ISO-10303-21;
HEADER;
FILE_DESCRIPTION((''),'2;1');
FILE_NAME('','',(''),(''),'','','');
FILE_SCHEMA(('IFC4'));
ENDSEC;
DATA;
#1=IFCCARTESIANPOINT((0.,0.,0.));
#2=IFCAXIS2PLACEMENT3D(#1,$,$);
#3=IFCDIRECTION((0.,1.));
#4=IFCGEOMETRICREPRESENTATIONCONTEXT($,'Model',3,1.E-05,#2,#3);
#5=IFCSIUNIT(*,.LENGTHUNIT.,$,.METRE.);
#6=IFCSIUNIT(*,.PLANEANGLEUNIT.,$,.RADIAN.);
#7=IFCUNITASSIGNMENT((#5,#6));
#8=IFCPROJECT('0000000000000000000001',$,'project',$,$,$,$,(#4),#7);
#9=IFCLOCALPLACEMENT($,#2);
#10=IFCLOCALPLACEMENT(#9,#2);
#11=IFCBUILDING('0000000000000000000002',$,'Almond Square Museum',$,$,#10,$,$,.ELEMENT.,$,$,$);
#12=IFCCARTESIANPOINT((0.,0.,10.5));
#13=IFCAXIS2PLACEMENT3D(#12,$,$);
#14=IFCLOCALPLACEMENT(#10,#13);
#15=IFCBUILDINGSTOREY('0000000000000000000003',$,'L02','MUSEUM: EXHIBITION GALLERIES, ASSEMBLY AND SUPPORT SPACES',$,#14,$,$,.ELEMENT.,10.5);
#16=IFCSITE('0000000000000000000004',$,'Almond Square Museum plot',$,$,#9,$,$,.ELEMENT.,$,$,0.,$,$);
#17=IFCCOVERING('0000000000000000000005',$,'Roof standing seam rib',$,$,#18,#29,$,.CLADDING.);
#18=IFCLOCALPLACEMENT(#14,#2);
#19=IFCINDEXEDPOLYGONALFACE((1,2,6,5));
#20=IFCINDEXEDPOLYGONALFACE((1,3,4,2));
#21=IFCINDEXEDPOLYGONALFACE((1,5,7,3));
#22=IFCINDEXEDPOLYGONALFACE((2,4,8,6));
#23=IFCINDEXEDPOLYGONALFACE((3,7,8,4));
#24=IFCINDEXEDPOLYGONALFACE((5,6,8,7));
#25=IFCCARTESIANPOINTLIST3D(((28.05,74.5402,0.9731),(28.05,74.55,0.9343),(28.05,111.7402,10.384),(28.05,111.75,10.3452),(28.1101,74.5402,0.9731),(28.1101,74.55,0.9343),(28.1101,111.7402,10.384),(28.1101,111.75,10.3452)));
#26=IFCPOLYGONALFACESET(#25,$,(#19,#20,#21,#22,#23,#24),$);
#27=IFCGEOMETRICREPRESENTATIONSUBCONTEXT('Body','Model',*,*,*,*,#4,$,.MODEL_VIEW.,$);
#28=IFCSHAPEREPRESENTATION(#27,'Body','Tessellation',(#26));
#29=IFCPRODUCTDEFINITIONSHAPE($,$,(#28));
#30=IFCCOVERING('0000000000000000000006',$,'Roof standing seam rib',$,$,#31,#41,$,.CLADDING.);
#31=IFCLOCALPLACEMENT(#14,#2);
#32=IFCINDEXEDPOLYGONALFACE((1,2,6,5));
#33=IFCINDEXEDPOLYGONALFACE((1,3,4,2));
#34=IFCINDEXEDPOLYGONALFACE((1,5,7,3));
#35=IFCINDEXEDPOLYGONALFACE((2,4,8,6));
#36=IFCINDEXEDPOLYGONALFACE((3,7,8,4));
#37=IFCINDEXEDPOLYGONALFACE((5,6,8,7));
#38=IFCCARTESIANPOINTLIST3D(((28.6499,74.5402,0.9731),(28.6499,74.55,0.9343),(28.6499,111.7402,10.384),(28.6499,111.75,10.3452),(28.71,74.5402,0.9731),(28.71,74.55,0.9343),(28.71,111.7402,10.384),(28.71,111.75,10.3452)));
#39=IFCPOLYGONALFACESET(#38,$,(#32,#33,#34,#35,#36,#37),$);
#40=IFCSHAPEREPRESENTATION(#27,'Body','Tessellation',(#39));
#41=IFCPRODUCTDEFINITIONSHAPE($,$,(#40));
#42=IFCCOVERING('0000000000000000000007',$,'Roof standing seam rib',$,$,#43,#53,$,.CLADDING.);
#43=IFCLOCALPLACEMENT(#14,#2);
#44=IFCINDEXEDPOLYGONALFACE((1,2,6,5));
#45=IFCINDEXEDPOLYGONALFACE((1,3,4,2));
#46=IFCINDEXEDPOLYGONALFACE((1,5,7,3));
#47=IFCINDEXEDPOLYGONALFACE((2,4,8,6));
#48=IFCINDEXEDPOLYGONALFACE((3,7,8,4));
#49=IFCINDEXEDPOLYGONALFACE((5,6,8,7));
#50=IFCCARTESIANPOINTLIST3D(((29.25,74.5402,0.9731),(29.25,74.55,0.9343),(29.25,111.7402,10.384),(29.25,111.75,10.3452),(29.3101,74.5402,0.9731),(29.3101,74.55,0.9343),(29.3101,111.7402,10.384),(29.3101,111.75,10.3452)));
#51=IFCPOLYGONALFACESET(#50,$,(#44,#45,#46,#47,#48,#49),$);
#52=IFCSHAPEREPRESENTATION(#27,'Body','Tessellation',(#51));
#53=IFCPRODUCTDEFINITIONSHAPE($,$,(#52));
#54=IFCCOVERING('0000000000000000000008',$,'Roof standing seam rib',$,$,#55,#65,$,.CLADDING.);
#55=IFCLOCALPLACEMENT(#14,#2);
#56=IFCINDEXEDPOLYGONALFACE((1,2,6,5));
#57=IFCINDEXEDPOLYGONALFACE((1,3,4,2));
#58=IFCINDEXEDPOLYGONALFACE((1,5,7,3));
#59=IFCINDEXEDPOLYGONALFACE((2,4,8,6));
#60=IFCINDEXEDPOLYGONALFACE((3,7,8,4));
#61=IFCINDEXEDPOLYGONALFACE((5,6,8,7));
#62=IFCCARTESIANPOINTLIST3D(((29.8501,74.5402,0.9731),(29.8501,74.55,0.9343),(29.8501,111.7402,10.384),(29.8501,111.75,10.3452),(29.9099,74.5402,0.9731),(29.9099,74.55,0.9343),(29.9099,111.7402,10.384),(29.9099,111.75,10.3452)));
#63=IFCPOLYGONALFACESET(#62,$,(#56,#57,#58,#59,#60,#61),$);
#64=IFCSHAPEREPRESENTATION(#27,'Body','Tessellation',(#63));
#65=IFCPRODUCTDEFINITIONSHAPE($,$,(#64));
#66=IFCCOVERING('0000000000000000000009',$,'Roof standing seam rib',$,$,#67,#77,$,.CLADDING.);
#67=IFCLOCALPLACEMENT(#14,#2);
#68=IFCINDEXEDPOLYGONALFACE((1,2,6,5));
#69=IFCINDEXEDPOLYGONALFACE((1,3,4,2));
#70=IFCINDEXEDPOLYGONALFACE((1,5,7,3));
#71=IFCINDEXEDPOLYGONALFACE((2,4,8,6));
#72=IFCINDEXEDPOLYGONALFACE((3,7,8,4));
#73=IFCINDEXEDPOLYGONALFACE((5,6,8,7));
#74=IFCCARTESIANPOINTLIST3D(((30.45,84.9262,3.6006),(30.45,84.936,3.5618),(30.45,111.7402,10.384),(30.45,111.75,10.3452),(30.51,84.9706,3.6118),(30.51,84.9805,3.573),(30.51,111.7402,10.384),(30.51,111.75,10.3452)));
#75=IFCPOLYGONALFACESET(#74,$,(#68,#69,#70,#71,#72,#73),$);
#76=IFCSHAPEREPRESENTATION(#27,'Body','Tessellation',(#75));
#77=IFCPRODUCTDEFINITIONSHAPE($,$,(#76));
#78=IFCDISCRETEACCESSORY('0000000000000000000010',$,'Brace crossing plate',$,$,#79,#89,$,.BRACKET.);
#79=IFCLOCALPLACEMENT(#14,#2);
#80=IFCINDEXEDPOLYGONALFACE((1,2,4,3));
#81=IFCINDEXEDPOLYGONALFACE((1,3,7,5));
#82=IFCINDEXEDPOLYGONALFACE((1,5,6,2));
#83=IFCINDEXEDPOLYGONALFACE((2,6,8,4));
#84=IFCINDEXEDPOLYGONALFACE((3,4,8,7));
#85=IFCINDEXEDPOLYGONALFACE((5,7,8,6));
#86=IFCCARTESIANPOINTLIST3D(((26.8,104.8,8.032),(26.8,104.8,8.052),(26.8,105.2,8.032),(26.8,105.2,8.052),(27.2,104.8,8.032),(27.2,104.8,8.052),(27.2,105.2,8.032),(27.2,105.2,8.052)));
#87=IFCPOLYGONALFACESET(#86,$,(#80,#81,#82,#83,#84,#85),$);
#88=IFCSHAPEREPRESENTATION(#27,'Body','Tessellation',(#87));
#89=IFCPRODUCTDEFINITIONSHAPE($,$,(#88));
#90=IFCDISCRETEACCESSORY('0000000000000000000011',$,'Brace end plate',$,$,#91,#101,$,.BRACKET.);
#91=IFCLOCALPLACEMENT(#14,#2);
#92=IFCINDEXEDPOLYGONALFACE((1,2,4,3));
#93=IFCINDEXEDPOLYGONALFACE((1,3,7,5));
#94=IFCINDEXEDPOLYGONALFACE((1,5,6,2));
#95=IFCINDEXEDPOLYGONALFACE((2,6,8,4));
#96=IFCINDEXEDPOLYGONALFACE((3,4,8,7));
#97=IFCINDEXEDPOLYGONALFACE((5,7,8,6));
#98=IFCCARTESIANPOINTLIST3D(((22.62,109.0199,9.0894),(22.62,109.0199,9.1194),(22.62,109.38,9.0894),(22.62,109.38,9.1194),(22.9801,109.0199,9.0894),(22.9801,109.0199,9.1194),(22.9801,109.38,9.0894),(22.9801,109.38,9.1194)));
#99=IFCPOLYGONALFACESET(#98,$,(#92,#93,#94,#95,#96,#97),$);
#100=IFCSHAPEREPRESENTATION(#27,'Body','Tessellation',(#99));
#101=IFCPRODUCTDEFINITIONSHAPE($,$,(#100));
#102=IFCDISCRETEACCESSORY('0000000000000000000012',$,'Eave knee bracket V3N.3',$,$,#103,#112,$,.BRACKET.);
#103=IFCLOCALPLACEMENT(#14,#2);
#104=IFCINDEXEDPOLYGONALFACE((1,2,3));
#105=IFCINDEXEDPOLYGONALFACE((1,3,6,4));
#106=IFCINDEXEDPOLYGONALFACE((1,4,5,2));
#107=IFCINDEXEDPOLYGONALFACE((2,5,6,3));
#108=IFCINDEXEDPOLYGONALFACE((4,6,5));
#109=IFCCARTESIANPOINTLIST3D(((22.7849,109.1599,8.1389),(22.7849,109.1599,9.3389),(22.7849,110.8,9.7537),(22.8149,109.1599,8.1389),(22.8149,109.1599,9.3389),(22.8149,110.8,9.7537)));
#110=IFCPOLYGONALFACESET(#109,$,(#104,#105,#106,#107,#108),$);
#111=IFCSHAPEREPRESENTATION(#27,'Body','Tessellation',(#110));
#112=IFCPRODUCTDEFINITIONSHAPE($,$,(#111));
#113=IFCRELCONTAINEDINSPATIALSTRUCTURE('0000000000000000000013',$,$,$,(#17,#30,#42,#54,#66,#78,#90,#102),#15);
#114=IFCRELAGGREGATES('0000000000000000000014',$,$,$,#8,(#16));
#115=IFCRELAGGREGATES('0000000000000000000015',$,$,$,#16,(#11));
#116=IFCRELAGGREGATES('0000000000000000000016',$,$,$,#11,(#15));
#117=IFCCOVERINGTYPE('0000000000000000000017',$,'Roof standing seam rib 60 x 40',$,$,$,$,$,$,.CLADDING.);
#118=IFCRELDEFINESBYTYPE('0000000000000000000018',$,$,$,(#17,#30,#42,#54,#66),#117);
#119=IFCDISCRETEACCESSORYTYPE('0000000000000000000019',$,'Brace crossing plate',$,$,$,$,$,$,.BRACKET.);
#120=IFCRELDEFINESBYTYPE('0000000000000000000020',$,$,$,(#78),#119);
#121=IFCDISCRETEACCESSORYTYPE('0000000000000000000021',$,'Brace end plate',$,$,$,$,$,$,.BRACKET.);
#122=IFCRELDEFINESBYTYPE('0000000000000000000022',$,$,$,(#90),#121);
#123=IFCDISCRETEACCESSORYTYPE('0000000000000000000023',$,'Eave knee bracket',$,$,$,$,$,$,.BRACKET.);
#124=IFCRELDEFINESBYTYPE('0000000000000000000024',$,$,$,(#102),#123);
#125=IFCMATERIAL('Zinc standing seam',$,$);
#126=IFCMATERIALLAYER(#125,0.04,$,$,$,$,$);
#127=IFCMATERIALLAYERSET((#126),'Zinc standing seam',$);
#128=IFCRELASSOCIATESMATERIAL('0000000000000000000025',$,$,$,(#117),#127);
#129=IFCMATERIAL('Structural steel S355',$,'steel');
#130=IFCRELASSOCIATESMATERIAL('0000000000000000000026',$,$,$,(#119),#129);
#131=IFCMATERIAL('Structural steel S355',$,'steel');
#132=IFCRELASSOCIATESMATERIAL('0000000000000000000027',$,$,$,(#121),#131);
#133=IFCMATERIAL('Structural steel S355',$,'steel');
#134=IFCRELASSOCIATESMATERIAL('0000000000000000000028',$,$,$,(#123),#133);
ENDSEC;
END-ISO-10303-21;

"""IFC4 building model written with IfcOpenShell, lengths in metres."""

from ifc_helpers import new_model, si_unit, direction, frame, origin, origin_2d, place, context, subcontext, project, spatial, polyline, rectangle, outline, extrude, material, layer, layer_set, type_object, element, save


model = new_model("IFC4")

# Units and contexts
model_context = context("Model", 3, precision=1e-05, world=origin(), true_north=direction((0.0, 1.0)))
body_context = subcontext(model_context, "Body", "Model", "MODEL_VIEW")
ifc_project = project(units=[si_unit("LENGTHUNIT", "METRE"), si_unit("PLANEANGLEUNIT", "RADIAN")], contexts=[model_context])

# Site, building, storey
site_placement = place(None, origin())
site = spatial("IfcSite", under=ifc_project, at=site_placement, Name="Almond Square Museum plot", CompositionType="ELEMENT", RefElevation=0.0)
building_placement = place(site_placement, origin())
building = spatial("IfcBuilding", under=site, at=building_placement, Name="Almond Square Museum", CompositionType="ELEMENT")
storey_placement = place(building_placement, frame((0.0, 0.0, 10.5)))
storey = spatial("IfcBuildingStorey", under=building, at=storey_placement, Name="L02", Description="MUSEUM: EXHIBITION GALLERIES, ASSEMBLY AND SUPPORT SPACES", CompositionType="ELEMENT", Elevation=10.5)

# Coverings
ifc_material_1 = material(Name="Zinc standing seam")
ifc_layer = layer(ifc_material_1, 0.04)
ifc_layer_set = layer_set([ifc_layer], Name="Zinc standing seam")
covering_type = type_object("IfcCoveringType", Name="Roof standing seam rib 60 x 40", PredefinedType="CLADDING", material=ifc_layer_set)
for number, where, z_axis, x_axis, name in (
    (1, (28.1101, 111.75, 10.3452), (0.0, -0.245255, 0.969459), (-1.0, 0.0, 0.0), "Roof standing seam rib"),
    (2, (28.71, 111.75, 10.3452), (0.0, -0.245255, 0.969459), (-1.0, 0.0, 0.0), "Roof standing seam rib"),
    (3, (29.3101, 111.75, 10.3452), (0.0, -0.245255, 0.969459), (-1.0, 0.0, 0.0), "Roof standing seam rib"),
):
    element("IfcCovering", number, at=place(storey_placement, frame(where, z_axis=z_axis, x_axis=x_axis)), inside=storey, type_object=covering_type, Name=name, PredefinedType="CLADDING", context=body_context, shape_type="SweptSolid", body=[
        extrude(outline(polyline([(0.0, 0.0), (0.0601, 0.0), (0.0601, 38.3719), (0.0, 38.3719), (0.0, 0.0)])), origin(), (0.0, 0.0, 1.0), 0.04),
    ])
covering_1_placement = place(storey_placement, frame((29.9099, 111.75, 10.3452), z_axis=(0.0, -0.245255, 0.969459), x_axis=(-1.0, 0.0, 0.0)))
element("IfcCovering", 4, at=covering_1_placement, inside=storey, type_object=covering_type, Name="Roof standing seam rib", PredefinedType="CLADDING", context=body_context, shape_type="SweptSolid", body=[
    extrude(outline(polyline([(0.0, 0.0), (0.0598, 0.0), (0.0598, 38.3719), (0.0, 38.3719), (0.0, 0.0)])), origin(), (0.0, 0.0, 1.0), 0.04),
])
covering_2_placement = place(storey_placement, frame((30.51, 111.75, 10.3452), z_axis=(0.000084, -0.245256, 0.969458), x_axis=(-1.0, -0.000021, 0.000082)))
element("IfcCovering", 5, at=covering_2_placement, inside=storey, type_object=covering_type, Name="Roof standing seam rib", PredefinedType="CLADDING", context=body_context, shape_type="SweptSolid", body=[
    extrude(outline(polyline([(0.0, 0.0), (0.0601, 0.0), (0.0601, 27.6587), (0.0, 27.6129), (0.0, 0.0)])), origin(), (0.0, 0.0, 1.0), 0.04),
])

# Discrete accessories
ifc_material_2 = material(Name="Structural steel S355", Category="steel")
discrete_accessory_type_1 = type_object("IfcDiscreteAccessoryType", Name="Brace crossing plate", PredefinedType="BRACKET", material=ifc_material_2)
discrete_accessory_1_placement = place(storey_placement, frame((27.0, 105.0, 8.032), z_axis=(0.0, 0.0, 1.0), x_axis=(1.0, 0.0, 0.0)))
element("IfcDiscreteAccessory", 6, at=discrete_accessory_1_placement, inside=storey, type_object=discrete_accessory_type_1, Name="Brace crossing plate", PredefinedType="BRACKET", context=body_context, shape_type="SweptSolid", body=[
    extrude(rectangle(XDim=0.3999, YDim=0.3999, at=origin_2d()), origin(), (0.0, 0.0, 1.0), 0.02),
])
ifc_material_3 = material(Name="Structural steel S355", Category="steel")
discrete_accessory_type_2 = type_object("IfcDiscreteAccessoryType", Name="Brace end plate", PredefinedType="BRACKET", material=ifc_material_3)
discrete_accessory_2_placement = place(storey_placement, frame((22.8, 109.2, 9.0894), z_axis=(0.0, 0.0, 1.0), x_axis=(1.0, 0.0, 0.0)))
element("IfcDiscreteAccessory", 7, at=discrete_accessory_2_placement, inside=storey, type_object=discrete_accessory_type_2, Name="Brace end plate", PredefinedType="BRACKET", context=body_context, shape_type="SweptSolid", body=[
    extrude(rectangle(XDim=0.3601, YDim=0.3601, at=origin_2d()), origin(), (0.0, 0.0, 1.0), 0.03),
])
ifc_material_4 = material(Name="Structural steel S355", Category="steel")
discrete_accessory_type_3 = type_object("IfcDiscreteAccessoryType", Name="Eave knee bracket", PredefinedType="BRACKET", material=ifc_material_4)
discrete_accessory_3_placement = place(storey_placement, frame((22.8, 109.1599, 9.3389), z_axis=(1.0, 0.0, 0.0), x_axis=(0.0, 0.0, -1.0)))
element("IfcDiscreteAccessory", 8, at=discrete_accessory_3_placement, inside=storey, type_object=discrete_accessory_type_3, Name="Eave knee bracket V3N.3", PredefinedType="BRACKET", context=body_context, shape_type="SweptSolid", body=[
    extrude(outline(polyline([(0.0, 0.0), (1.2, 0.0), (-0.4148, 1.6401), (0.0, 0.0)])), frame((0.0, 0.0, -0.0151)), (0.0, 0.0, 1.0), 0.03),
])

save(model, "model.ifc")
